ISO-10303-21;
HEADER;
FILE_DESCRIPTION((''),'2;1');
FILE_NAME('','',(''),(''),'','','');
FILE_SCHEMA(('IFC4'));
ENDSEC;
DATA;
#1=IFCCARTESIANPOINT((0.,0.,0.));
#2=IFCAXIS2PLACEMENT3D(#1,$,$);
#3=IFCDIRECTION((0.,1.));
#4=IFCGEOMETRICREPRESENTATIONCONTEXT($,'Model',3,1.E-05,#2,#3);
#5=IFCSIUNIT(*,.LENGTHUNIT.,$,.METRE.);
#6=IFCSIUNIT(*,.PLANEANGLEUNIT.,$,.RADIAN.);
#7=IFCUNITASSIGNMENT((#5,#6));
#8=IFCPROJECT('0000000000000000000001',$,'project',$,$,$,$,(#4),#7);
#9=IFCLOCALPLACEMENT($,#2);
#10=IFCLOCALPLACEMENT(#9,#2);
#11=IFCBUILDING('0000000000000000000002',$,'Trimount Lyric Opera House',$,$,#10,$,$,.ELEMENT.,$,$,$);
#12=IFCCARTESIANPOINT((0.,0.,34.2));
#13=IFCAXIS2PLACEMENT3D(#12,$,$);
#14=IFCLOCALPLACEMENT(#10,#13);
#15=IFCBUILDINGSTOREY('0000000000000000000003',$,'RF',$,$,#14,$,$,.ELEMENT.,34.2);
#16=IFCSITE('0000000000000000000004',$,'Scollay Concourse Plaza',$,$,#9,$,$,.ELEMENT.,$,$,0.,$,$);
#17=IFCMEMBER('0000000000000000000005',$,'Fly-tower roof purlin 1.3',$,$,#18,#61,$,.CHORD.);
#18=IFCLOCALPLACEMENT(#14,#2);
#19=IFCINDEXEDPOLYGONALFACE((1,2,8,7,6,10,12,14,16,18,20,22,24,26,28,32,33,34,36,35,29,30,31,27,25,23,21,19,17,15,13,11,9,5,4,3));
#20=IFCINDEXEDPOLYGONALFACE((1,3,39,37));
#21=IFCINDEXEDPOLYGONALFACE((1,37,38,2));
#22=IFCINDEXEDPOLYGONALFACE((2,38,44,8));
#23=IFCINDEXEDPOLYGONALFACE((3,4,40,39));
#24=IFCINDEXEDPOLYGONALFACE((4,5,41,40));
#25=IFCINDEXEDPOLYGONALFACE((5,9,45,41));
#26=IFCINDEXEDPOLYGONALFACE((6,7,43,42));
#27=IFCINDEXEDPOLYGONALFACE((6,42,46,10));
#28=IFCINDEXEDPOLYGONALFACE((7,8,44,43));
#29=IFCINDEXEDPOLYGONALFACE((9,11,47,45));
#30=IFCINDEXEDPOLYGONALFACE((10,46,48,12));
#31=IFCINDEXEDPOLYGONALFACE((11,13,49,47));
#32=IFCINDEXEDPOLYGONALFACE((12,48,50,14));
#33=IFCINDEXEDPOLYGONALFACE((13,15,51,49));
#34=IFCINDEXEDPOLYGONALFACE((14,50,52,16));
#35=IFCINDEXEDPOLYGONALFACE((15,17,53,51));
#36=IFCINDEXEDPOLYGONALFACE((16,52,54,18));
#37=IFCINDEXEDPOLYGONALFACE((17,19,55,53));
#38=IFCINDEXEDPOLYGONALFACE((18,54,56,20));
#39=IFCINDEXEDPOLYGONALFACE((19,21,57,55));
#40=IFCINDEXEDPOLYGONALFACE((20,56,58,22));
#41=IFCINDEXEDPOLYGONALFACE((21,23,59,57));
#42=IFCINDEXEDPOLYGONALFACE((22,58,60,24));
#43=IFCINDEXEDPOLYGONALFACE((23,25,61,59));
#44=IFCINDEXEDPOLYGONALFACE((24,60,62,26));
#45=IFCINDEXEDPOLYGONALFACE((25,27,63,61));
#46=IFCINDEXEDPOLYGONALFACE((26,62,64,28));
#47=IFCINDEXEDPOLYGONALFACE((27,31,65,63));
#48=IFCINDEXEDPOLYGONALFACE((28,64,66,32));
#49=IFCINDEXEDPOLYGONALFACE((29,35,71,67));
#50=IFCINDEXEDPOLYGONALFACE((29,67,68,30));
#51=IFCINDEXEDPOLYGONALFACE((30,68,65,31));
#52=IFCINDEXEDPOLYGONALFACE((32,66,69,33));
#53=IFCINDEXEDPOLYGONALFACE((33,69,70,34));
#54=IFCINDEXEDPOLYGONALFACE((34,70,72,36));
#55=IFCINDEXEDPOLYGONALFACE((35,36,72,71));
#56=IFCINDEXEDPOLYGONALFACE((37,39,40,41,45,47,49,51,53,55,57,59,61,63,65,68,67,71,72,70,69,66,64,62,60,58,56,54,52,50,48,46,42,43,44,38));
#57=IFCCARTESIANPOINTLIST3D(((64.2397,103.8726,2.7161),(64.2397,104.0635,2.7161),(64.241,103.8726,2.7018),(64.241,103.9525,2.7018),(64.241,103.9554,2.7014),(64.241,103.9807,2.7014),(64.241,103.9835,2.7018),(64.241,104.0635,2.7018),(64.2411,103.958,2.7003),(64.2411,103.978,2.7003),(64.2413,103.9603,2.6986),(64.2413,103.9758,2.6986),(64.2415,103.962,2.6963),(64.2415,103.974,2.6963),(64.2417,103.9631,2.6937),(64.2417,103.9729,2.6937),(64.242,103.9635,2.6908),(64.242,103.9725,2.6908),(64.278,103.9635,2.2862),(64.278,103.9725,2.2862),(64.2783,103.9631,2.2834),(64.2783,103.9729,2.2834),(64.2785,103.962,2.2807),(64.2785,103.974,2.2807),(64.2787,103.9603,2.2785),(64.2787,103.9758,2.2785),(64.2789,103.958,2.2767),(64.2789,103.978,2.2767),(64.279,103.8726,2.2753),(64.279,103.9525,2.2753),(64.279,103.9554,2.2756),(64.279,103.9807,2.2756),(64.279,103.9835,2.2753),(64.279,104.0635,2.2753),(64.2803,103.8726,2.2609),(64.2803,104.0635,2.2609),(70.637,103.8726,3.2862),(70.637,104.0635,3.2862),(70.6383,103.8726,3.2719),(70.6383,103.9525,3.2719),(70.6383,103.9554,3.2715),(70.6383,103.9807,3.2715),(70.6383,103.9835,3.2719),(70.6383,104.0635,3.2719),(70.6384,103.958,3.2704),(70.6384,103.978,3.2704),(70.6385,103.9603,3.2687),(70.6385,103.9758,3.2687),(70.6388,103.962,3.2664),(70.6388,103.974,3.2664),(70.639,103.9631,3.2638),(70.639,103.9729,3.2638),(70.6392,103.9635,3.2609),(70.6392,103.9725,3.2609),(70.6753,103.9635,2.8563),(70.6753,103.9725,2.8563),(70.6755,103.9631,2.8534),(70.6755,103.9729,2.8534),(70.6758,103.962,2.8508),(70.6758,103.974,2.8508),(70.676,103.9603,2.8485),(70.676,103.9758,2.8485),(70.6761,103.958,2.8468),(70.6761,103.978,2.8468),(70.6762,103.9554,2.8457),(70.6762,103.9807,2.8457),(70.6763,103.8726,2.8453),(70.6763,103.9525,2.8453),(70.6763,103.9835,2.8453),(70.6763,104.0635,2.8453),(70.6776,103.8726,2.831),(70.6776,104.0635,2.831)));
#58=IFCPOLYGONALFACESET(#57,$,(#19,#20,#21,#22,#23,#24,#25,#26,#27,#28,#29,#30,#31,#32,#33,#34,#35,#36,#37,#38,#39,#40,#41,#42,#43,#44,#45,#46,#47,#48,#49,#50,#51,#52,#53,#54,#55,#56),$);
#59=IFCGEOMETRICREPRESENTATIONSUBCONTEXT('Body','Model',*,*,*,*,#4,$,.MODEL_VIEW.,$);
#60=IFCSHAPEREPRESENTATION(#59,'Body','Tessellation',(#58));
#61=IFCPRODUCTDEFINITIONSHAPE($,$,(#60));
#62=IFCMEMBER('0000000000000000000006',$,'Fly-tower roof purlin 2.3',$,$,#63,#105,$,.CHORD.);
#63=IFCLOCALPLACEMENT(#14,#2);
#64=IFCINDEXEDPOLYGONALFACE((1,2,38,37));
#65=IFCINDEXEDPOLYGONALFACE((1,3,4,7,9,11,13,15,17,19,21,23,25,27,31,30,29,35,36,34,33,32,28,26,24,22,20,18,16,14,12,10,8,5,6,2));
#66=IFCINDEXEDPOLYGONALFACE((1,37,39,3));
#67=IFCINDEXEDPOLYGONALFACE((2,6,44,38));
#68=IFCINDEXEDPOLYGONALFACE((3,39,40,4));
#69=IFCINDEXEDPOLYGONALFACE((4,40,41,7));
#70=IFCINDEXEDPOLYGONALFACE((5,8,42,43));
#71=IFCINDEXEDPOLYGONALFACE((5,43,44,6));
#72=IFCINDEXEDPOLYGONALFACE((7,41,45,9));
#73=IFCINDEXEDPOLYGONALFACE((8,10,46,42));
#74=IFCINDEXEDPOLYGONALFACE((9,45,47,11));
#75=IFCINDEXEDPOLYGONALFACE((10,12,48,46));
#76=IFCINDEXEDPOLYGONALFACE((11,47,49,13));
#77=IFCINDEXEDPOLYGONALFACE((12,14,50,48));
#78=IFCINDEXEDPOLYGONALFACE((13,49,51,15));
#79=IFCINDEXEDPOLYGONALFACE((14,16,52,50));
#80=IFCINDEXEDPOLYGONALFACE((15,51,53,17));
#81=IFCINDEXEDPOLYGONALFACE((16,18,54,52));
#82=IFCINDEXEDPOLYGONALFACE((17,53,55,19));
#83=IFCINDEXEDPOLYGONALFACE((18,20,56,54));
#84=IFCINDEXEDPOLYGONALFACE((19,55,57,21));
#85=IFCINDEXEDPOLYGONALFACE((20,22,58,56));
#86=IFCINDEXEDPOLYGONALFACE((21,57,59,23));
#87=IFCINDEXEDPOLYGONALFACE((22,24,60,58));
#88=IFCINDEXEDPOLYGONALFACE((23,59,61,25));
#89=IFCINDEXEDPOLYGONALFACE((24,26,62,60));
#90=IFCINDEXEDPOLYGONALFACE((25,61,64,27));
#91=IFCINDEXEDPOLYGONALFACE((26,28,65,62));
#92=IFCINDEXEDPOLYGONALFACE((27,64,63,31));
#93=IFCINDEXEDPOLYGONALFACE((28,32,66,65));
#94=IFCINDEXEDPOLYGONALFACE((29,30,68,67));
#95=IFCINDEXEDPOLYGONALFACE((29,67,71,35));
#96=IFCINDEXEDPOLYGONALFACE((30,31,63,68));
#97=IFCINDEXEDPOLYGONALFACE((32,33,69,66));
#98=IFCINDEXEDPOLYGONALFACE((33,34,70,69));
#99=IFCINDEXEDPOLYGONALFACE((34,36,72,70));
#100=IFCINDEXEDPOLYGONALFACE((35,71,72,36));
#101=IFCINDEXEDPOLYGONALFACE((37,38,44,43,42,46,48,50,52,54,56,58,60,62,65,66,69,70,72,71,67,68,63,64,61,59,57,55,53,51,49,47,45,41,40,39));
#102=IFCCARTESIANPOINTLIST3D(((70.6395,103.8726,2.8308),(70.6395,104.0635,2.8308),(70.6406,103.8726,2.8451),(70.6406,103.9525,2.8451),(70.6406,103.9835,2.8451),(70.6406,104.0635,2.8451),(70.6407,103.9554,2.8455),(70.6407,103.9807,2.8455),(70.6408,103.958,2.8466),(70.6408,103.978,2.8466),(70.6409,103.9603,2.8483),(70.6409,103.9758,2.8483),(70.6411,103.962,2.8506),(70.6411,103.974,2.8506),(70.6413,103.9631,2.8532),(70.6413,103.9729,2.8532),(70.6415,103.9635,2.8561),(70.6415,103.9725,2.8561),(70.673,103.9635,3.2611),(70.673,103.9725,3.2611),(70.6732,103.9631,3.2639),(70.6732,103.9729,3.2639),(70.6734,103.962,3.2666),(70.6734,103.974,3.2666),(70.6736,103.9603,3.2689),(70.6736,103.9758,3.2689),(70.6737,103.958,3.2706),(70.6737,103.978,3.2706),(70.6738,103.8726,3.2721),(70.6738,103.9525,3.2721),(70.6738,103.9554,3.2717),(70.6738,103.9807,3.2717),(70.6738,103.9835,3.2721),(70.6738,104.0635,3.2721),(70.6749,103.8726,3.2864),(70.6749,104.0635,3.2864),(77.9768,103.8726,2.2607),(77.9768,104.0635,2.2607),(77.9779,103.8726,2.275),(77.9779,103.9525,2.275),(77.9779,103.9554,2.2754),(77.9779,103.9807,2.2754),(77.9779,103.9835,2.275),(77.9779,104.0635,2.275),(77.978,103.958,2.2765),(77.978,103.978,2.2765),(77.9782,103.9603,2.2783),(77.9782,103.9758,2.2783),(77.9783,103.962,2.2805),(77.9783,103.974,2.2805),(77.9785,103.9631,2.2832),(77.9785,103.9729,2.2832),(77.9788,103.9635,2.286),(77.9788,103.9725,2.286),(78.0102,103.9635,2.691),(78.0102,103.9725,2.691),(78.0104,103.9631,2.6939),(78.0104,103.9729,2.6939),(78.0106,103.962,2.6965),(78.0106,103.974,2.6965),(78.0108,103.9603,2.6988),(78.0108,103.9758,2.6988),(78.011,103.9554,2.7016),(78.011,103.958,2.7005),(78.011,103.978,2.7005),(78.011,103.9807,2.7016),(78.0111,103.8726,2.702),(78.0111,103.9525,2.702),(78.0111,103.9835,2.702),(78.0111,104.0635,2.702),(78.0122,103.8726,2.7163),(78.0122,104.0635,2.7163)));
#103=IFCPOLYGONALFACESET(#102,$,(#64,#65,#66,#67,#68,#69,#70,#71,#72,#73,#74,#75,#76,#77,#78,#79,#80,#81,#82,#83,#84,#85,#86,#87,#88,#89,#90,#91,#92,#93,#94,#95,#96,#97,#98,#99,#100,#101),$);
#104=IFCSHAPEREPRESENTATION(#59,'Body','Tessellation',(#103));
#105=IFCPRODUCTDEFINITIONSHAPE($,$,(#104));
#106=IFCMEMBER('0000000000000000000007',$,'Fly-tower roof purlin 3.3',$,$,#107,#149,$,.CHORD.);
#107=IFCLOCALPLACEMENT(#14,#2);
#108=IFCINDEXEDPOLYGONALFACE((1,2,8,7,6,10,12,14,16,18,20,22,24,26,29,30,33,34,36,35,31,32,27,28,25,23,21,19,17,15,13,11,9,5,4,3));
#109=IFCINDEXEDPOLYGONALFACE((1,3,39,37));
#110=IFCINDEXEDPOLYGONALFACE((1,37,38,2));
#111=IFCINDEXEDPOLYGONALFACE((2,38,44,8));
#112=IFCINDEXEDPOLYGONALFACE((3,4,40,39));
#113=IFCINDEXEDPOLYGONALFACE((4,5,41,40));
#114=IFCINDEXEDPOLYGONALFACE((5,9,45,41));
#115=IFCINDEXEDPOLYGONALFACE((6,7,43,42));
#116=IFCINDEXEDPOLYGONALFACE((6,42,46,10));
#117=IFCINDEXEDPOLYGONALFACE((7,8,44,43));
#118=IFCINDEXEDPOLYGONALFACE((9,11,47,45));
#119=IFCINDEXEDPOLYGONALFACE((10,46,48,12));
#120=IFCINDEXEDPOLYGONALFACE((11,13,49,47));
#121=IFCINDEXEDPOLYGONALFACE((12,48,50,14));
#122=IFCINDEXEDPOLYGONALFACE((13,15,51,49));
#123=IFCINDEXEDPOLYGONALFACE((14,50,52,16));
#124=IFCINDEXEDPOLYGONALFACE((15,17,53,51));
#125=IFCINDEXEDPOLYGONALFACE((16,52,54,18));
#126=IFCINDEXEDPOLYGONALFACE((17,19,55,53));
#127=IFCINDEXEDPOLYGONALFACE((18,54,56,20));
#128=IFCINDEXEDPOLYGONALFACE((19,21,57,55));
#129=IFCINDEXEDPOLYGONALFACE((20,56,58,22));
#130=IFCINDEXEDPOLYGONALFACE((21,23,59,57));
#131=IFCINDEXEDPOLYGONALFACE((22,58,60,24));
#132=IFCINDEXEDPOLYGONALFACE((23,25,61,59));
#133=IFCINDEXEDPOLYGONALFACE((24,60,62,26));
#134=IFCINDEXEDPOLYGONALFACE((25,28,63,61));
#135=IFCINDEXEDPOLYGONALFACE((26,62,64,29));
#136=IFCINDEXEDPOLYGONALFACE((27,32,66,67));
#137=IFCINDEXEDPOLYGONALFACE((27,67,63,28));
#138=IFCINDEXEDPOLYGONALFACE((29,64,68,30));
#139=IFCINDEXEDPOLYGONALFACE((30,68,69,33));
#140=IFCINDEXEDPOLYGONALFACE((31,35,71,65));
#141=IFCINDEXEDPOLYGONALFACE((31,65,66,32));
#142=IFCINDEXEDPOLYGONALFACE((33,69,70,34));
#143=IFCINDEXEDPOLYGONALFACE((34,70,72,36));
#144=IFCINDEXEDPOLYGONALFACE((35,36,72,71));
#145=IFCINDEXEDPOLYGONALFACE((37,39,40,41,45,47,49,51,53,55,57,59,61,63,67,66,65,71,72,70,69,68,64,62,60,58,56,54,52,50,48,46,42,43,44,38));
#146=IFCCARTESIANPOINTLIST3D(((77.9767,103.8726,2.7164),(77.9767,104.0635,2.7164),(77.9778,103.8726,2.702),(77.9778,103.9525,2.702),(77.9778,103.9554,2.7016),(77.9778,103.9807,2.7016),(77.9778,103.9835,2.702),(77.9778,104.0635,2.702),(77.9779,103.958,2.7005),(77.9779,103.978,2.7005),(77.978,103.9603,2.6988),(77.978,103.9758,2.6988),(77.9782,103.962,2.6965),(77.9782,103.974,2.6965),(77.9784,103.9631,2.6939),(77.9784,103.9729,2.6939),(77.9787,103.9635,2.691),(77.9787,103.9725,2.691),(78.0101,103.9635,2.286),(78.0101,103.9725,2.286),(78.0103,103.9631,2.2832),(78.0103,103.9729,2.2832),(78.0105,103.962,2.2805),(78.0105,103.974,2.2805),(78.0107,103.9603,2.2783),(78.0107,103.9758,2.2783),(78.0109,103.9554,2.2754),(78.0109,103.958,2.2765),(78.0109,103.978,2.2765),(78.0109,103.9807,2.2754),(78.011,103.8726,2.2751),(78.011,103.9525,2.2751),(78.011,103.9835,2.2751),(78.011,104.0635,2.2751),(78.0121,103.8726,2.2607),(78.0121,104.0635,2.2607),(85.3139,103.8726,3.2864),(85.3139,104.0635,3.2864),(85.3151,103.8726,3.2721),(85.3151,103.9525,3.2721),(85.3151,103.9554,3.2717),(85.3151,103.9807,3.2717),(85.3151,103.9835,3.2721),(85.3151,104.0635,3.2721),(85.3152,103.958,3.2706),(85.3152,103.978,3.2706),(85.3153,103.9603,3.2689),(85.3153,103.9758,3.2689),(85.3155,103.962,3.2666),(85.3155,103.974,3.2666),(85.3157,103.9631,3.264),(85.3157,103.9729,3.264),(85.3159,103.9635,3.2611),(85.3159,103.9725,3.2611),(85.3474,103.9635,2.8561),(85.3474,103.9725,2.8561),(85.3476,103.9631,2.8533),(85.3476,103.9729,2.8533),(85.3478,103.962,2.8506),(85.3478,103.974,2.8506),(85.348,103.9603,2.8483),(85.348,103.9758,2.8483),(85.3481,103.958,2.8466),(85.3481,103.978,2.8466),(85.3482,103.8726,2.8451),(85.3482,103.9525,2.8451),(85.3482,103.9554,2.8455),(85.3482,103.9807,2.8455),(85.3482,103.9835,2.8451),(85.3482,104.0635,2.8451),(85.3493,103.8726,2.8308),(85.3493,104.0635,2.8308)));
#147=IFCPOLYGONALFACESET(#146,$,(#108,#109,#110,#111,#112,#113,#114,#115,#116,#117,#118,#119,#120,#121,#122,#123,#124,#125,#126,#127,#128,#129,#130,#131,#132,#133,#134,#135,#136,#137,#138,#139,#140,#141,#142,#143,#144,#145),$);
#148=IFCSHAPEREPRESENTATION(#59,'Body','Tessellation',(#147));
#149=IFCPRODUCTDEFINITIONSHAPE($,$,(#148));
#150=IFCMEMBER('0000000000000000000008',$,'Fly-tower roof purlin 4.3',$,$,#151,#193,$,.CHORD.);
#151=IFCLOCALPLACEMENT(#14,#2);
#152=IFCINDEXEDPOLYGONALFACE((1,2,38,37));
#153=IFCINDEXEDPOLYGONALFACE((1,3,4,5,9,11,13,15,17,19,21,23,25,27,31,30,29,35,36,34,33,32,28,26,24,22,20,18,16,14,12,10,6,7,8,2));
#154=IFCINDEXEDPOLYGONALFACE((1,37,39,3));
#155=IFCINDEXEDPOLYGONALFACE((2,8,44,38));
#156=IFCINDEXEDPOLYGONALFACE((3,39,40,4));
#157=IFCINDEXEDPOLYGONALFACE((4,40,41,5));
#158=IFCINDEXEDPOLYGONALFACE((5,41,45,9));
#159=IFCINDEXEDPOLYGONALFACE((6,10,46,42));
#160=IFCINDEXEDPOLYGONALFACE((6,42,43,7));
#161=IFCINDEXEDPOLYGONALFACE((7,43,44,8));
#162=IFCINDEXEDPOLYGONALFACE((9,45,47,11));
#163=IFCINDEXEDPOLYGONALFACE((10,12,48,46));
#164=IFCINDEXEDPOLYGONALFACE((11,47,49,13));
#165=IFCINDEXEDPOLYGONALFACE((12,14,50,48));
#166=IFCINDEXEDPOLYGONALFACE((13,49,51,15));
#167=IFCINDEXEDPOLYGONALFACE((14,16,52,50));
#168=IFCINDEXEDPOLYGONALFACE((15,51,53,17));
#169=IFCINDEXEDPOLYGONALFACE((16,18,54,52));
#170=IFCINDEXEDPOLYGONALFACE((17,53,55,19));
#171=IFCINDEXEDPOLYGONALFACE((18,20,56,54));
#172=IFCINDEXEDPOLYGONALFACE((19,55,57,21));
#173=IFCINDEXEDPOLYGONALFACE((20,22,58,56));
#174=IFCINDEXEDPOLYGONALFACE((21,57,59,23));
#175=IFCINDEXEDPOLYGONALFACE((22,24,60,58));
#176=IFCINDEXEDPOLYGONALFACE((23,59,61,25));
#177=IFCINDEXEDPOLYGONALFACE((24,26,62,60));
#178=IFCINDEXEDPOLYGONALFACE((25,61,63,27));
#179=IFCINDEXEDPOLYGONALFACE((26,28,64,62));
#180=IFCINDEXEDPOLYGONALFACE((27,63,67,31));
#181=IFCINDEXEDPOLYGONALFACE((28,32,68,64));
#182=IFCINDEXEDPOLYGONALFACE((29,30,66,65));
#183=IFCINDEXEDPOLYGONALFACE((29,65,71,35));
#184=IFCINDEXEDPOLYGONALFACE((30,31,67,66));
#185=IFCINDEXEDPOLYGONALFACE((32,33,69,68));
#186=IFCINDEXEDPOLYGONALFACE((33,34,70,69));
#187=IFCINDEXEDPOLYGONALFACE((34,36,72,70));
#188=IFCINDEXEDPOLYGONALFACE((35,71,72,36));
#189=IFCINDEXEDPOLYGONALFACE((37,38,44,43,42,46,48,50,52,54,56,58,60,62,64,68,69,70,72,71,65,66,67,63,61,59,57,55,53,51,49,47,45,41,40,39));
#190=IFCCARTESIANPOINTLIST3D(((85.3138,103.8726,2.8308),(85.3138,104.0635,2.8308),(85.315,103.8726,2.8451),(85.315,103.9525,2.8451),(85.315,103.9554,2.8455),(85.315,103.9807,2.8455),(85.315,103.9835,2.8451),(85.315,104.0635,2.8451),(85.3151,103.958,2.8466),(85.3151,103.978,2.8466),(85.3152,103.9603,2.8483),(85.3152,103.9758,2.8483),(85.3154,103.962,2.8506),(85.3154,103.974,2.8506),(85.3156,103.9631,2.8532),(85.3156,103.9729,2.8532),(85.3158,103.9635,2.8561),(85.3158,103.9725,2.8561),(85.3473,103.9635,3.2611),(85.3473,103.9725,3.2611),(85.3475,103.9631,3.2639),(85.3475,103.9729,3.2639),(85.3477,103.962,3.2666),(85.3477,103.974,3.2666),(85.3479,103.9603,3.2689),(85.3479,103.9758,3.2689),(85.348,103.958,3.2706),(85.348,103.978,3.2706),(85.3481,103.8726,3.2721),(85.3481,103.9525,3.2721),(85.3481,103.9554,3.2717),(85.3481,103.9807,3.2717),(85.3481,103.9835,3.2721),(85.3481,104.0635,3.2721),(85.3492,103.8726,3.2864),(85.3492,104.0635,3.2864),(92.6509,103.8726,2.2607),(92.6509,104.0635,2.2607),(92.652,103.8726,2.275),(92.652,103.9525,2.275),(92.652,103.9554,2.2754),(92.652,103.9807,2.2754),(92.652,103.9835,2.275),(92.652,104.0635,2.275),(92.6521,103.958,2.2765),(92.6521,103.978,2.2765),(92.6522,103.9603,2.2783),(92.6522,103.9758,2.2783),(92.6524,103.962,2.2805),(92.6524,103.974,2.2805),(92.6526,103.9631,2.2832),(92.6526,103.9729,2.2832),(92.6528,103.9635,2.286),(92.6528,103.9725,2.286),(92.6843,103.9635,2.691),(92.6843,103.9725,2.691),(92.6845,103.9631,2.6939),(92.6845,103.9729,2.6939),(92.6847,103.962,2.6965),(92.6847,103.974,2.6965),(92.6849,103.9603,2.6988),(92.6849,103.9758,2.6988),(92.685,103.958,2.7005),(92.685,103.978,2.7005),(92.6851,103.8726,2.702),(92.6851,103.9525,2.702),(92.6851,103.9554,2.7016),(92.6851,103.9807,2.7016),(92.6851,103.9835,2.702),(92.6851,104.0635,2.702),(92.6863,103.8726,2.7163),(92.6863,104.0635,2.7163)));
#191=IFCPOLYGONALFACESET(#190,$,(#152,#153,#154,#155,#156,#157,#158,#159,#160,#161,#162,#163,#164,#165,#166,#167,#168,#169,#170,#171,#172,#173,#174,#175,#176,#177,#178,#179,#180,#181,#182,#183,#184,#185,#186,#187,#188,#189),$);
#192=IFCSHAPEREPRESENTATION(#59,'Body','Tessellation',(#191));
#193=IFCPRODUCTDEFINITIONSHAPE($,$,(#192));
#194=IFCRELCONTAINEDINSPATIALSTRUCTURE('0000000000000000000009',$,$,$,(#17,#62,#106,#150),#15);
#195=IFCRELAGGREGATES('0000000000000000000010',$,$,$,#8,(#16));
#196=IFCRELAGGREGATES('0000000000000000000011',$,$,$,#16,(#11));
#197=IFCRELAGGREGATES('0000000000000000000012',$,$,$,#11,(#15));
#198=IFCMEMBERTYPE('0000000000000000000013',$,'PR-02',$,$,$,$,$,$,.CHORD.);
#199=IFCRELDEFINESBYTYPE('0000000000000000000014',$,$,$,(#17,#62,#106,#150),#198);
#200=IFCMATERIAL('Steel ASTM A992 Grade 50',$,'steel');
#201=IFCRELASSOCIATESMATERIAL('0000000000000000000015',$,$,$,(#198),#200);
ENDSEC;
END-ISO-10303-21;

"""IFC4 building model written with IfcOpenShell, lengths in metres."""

from ifc_helpers import new_model, si_unit, direction, frame, origin, origin_2d, place, context, subcontext, project, spatial, i_section, extrude, material, material_profile, profile_set, type_object, element, save


model = new_model("IFC4")

# Units and contexts
model_context = context("Model", 3, precision=1e-05, world=origin(), true_north=direction((0.0, 1.0)))
body_context = subcontext(model_context, "Body", "Model", "MODEL_VIEW")
ifc_project = project(units=[si_unit("LENGTHUNIT", "METRE"), si_unit("PLANEANGLEUNIT", "RADIAN")], contexts=[model_context])

# Site, building, storey
site_placement = place(None, origin())
site = spatial("IfcSite", under=ifc_project, at=site_placement, Name="Scollay Concourse Plaza", CompositionType="ELEMENT", RefElevation=0.0)
building_placement = place(site_placement, origin())
building = spatial("IfcBuilding", under=site, at=building_placement, Name="Trimount Lyric Opera House", CompositionType="ELEMENT")
storey_placement = place(building_placement, frame((0.0, 0.0, 34.2)))
storey = spatial("IfcBuildingStorey", under=building, at=storey_placement, Name="RF", CompositionType="ELEMENT", Elevation=34.2)

# Members
ifc_material_1 = material(Name="Steel ASTM A992 Grade 50", Category="steel")
ifc_material_profile_1 = material_profile(ifc_material_1, i_section(OverallWidth=0.1909, OverallDepth=0.457, WebThickness=0.009, FlangeThickness=0.0144, FilletRadius=0.011, at=origin_2d()), Name="W18X50")
ifc_profile_set_1 = profile_set([ifc_material_profile_1], Name="Steel ASTM A992 Grade 50")
member_type_1 = type_object("IfcMemberType", Name="PR-02", PredefinedType="CHORD", material=ifc_profile_set_1)
member_1_placement = place(storey_placement, frame((64.26, 103.968, 2.4885), z_axis=(0.996053, 0.0, 0.08876), x_axis=(0.0, 1.0, 0.0)))
element("IfcMember", 1, at=member_1_placement, inside=storey, type_object=member_type_1, Name="Fly-tower roof purlin 1.3", PredefinedType="CHORD", context=body_context, shape_type="SweptSolid", body=[
    extrude(i_section(OverallWidth=0.1909, OverallDepth=0.457, WebThickness=0.009, FlangeThickness=0.0144, FilletRadius=0.011, at=origin_2d()), origin(), (0.0, 0.0, 1.0), 6.4226),
])
for number, where, z_axis, x_axis, name in (
    (2, (70.6572, 103.968, 3.0586), (0.996995, 0.0, -0.077463), (0.0, 1.0, 0.0), "Fly-tower roof purlin 2.3"),
    (3, (77.9944, 103.968, 2.4885), (0.996995, 0.0, 0.077463), (0.0, 1.0, 0.0), "Fly-tower roof purlin 3.3"),
):
    element("IfcMember", number, at=place(storey_placement, frame(where, z_axis=z_axis, x_axis=x_axis)), inside=storey, type_object=member_type_1, Name=name, PredefinedType="CHORD", context=body_context, shape_type="SweptSolid", body=[
        extrude(i_section(OverallWidth=0.1909, OverallDepth=0.457, WebThickness=0.009, FlangeThickness=0.0144, FilletRadius=0.011, at=origin_2d()), origin(), (0.0, 0.0, 1.0), 7.3594),
    ])
member_2_placement = place(storey_placement, frame((85.3315, 103.968, 3.0586), z_axis=(0.996995, 0.0, -0.077465), x_axis=(0.0, 1.0, 0.0)))
element("IfcMember", 4, at=member_2_placement, inside=storey, type_object=member_type_1, Name="Fly-tower roof purlin 4.3", PredefinedType="CHORD", context=body_context, shape_type="SweptSolid", body=[
    extrude(i_section(OverallWidth=0.1909, OverallDepth=0.457, WebThickness=0.009, FlangeThickness=0.0144, FilletRadius=0.011, at=origin_2d()), origin(), (0.0, 0.0, 1.0), 7.3591),
])

save(model, "model.ifc")
